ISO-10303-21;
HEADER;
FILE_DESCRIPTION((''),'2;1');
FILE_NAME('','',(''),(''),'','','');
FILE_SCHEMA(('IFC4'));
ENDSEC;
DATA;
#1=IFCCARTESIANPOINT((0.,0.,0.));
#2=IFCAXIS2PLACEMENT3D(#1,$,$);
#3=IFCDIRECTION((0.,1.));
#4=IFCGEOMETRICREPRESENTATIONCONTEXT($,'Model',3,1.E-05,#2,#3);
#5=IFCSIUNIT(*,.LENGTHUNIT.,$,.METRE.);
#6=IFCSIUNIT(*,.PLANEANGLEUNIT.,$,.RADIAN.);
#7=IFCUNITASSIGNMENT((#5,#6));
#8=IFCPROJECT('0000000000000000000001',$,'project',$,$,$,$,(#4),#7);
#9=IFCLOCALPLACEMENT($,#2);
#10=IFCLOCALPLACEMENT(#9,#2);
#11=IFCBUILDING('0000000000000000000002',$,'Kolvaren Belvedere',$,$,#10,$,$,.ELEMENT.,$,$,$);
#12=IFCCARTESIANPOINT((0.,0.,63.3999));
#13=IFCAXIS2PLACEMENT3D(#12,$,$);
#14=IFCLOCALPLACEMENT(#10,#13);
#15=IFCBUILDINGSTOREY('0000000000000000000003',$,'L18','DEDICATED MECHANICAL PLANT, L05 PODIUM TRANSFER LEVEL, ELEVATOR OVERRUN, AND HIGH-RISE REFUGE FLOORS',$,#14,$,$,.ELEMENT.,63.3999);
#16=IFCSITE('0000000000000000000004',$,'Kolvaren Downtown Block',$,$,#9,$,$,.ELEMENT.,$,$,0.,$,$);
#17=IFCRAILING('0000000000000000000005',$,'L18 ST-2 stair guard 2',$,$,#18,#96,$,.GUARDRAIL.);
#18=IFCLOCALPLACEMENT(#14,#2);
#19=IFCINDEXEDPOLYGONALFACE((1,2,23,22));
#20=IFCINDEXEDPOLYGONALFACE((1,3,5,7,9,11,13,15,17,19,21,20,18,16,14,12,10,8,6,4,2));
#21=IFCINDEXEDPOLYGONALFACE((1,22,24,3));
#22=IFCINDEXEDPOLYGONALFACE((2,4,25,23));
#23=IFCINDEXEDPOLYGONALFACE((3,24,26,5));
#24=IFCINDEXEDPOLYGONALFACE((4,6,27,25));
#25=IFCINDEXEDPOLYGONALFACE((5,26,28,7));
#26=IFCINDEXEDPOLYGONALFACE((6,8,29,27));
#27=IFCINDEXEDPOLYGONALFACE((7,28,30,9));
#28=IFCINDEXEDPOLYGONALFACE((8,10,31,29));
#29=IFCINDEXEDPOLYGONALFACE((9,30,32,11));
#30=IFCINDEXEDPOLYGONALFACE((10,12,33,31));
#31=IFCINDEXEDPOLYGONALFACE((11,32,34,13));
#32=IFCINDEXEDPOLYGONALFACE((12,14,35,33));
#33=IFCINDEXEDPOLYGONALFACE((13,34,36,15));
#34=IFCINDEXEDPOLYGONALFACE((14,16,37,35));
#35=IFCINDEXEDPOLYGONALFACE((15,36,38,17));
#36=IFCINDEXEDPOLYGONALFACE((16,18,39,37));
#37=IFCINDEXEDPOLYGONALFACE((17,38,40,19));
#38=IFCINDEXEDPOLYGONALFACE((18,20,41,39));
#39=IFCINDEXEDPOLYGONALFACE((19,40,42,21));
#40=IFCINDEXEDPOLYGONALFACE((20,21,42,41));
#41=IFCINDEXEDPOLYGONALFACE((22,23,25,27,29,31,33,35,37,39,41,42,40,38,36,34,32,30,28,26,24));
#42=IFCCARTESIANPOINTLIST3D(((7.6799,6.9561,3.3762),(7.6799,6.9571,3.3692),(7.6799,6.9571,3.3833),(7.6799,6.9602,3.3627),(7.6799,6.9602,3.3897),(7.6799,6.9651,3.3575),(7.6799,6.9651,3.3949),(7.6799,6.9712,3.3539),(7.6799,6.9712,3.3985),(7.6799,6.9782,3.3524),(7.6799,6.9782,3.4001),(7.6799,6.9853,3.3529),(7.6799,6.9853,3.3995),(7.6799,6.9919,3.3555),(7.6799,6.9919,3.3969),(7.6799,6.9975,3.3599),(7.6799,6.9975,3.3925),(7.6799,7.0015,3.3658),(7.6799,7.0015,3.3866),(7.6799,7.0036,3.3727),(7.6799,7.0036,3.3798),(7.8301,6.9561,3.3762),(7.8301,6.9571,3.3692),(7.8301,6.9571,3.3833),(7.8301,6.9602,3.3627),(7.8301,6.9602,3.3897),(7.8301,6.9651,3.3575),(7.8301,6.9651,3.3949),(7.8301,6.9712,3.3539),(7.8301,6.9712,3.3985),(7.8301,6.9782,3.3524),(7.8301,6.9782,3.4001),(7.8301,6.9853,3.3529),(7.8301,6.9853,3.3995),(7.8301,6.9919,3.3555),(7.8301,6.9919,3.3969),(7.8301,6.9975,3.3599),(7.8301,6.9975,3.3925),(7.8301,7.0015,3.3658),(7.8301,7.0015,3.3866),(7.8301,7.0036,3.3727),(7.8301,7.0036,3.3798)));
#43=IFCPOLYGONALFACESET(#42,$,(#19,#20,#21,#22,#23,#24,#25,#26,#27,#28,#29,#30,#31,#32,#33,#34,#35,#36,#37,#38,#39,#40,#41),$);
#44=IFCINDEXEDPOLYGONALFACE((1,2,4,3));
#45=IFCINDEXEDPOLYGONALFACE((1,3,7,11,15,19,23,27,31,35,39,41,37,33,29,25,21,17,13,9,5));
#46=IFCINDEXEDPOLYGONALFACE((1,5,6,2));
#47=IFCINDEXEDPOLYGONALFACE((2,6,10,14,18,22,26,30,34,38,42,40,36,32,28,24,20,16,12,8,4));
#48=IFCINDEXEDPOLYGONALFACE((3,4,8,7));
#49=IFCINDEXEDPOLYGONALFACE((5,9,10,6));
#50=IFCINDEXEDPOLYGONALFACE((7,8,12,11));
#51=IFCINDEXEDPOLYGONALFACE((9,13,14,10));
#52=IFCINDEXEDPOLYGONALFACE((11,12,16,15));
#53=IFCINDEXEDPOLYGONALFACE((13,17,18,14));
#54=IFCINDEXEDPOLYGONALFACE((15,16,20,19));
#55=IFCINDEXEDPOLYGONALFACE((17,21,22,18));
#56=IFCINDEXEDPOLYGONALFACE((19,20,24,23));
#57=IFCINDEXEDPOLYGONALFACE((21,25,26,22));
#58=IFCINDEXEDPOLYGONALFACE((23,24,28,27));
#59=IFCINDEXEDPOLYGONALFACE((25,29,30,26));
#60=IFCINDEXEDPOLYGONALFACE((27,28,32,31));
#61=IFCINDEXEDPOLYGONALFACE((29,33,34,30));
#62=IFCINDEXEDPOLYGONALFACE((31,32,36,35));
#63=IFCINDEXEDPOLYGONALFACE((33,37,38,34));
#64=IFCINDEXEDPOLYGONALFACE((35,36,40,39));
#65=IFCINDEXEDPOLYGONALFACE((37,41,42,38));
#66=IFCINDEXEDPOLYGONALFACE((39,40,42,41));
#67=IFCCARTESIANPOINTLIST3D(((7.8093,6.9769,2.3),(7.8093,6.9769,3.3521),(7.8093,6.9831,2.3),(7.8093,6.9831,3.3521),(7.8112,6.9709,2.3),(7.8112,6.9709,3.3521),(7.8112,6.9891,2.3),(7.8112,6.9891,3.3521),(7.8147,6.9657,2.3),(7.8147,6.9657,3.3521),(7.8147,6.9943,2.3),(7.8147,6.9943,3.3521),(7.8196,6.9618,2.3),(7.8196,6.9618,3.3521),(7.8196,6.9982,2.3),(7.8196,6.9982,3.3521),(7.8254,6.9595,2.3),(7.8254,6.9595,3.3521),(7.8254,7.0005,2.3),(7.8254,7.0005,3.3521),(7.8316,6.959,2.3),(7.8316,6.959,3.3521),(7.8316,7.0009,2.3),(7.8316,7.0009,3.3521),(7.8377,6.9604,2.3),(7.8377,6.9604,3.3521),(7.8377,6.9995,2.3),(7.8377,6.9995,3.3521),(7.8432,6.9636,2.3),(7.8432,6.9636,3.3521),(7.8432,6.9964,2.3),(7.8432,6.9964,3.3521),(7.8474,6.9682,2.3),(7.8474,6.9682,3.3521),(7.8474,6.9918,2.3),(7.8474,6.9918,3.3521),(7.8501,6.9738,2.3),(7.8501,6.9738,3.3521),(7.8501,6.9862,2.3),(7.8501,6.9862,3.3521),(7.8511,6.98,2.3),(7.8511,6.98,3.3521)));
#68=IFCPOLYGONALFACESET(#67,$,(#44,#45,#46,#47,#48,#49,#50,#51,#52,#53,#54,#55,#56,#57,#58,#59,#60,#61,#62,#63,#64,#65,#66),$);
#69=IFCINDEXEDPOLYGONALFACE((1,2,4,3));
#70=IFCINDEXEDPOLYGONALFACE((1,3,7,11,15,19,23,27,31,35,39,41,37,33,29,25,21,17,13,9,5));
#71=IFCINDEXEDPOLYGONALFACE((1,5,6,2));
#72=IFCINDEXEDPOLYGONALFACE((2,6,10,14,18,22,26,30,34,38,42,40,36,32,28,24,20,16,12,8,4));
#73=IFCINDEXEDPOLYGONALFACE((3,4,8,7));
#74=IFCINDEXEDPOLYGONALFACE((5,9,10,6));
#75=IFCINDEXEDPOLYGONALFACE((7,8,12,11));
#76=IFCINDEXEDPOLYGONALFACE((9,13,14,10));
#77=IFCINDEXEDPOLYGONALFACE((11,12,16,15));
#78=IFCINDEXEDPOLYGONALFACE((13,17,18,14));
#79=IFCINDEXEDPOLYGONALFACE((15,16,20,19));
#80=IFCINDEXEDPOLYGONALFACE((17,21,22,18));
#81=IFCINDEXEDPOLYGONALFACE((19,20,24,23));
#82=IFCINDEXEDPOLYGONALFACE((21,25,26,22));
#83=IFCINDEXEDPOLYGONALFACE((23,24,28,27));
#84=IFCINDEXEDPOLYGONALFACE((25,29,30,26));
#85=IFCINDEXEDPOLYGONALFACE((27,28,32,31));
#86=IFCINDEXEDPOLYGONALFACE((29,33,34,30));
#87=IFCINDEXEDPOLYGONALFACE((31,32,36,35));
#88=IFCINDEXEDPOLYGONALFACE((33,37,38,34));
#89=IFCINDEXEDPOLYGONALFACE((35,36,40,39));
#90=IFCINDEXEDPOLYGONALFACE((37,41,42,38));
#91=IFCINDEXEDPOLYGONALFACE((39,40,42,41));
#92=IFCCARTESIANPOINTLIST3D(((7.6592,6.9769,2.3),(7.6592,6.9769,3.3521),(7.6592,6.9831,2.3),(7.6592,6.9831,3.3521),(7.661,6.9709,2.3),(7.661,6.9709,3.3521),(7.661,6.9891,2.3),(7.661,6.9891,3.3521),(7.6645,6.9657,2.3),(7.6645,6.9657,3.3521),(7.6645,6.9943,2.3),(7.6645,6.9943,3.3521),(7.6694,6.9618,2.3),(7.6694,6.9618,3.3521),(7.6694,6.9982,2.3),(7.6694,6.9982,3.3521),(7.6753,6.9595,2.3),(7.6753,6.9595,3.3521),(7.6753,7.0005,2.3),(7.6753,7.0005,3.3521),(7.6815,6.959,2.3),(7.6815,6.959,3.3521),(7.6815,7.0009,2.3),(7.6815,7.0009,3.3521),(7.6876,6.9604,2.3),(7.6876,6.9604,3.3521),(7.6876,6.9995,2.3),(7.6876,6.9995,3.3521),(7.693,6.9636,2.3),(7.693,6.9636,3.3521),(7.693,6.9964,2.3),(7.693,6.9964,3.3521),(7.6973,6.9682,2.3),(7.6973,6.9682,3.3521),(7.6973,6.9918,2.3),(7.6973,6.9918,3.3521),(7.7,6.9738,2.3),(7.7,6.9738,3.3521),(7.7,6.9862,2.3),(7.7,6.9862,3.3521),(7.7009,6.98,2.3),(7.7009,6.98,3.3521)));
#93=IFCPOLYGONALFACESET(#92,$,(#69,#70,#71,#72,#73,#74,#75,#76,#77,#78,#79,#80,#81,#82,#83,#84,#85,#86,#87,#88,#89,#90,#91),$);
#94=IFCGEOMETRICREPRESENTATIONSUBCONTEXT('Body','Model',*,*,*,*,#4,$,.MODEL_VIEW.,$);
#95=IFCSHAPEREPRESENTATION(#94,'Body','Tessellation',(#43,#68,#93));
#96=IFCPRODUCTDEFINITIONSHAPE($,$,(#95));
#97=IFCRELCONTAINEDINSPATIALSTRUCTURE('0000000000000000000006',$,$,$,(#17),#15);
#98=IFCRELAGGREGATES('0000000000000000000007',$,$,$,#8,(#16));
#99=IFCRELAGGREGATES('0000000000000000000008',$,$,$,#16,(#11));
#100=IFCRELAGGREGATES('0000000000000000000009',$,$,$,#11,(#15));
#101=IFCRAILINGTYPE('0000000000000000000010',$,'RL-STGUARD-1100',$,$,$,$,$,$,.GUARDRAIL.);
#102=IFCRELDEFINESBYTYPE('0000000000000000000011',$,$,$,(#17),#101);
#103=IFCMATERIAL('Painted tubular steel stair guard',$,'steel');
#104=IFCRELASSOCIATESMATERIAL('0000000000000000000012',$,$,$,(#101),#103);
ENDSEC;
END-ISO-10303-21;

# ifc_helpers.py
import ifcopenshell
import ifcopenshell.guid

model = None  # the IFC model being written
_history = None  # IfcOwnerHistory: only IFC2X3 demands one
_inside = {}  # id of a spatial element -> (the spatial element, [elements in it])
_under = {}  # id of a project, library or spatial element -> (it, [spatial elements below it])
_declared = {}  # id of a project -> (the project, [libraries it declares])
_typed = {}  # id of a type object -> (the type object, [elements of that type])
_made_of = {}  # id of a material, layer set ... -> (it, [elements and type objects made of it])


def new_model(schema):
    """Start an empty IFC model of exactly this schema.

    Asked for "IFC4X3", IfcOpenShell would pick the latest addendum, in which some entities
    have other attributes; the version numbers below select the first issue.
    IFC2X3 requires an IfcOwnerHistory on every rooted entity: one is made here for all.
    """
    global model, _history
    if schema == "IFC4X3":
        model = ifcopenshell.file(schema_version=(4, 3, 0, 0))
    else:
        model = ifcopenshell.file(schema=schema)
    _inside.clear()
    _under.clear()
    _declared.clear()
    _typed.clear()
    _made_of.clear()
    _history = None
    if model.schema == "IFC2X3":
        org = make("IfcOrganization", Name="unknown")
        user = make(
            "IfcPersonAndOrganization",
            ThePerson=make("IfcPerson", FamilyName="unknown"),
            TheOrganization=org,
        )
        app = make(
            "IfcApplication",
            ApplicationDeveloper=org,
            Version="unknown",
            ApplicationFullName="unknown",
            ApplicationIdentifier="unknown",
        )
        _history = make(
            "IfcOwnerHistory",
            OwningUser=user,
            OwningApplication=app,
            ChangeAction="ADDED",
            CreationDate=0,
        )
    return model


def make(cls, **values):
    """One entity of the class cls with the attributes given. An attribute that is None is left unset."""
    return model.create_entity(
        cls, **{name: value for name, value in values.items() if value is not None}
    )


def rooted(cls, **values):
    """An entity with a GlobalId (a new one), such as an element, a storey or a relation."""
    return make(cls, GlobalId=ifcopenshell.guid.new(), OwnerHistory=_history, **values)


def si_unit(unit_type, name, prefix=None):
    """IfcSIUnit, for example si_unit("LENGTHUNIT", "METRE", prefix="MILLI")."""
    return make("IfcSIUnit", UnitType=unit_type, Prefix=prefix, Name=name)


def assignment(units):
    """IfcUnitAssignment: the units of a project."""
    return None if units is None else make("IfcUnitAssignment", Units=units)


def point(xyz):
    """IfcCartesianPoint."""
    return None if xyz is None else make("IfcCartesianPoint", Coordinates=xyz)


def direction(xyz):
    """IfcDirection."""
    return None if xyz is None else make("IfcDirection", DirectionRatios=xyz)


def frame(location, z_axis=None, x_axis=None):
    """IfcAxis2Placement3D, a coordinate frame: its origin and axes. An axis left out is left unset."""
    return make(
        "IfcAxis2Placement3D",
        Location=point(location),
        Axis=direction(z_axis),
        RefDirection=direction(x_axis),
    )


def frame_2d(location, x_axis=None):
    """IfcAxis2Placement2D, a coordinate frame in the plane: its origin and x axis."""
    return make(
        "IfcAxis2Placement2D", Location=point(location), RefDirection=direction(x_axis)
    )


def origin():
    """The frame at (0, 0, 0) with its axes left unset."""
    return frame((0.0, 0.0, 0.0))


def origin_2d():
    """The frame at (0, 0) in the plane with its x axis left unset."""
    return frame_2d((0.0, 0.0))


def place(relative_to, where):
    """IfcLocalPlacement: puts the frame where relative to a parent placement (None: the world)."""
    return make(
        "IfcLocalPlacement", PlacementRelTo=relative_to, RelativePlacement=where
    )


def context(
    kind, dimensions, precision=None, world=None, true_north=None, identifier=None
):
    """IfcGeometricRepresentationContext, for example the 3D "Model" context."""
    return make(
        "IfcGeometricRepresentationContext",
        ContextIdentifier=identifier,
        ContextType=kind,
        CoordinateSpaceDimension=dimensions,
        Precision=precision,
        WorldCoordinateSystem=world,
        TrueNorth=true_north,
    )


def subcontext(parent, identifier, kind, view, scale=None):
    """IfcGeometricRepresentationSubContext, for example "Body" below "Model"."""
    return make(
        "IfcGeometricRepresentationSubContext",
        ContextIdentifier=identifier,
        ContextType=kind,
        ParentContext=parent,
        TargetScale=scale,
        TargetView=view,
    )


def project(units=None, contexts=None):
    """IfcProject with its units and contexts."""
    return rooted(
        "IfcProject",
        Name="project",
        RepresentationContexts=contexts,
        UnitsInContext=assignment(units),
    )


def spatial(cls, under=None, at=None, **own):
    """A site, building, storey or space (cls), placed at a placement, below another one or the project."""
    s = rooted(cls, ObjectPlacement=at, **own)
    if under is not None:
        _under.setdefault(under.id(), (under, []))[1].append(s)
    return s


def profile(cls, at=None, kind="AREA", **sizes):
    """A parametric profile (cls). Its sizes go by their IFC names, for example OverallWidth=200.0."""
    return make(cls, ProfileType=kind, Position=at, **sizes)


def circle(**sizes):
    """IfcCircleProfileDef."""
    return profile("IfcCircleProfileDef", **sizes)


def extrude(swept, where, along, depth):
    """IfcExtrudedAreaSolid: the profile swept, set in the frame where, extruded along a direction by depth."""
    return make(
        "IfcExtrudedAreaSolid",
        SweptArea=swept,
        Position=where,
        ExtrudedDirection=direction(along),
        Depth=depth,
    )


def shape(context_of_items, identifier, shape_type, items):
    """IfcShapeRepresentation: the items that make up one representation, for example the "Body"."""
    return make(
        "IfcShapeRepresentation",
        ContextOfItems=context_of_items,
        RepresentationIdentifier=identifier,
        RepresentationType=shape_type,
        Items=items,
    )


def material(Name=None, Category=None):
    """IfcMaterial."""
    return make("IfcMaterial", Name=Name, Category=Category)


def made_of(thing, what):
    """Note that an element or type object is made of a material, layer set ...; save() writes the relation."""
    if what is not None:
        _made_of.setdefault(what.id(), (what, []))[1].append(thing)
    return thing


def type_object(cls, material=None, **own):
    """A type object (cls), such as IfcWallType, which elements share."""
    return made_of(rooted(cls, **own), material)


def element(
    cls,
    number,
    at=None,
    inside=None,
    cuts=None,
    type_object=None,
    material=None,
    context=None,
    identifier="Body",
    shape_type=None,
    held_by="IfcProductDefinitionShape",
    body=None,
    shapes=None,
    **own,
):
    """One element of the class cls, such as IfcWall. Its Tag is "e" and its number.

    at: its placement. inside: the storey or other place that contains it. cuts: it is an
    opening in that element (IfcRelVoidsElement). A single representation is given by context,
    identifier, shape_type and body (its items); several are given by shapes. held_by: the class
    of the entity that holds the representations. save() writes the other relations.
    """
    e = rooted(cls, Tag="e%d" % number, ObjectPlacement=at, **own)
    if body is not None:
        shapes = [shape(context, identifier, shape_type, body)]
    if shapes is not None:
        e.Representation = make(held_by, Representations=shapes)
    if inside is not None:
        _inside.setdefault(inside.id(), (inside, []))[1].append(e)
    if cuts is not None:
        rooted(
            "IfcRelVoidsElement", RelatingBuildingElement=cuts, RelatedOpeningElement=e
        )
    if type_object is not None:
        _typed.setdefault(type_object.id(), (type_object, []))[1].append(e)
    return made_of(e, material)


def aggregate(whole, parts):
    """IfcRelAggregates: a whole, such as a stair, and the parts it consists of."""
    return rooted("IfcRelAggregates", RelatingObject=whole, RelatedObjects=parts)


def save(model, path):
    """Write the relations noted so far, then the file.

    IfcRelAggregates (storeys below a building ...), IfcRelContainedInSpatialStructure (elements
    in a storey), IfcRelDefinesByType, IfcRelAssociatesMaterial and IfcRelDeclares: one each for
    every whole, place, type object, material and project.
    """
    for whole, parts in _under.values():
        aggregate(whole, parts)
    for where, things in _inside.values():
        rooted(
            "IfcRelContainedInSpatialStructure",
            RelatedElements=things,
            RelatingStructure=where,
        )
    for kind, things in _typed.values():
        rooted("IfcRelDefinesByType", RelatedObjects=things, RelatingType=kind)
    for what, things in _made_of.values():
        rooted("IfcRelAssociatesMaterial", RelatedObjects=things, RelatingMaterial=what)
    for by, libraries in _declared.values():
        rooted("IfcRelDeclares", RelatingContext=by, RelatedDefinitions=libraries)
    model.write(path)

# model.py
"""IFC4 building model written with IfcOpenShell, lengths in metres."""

from ifc_helpers import new_model, si_unit, direction, frame, origin, origin_2d, place, context, subcontext, project, spatial, circle, extrude, material, type_object, element, save


model = new_model("IFC4")

# Units and contexts
model_context = context("Model", 3, precision=1e-05, world=origin(), true_north=direction((0.0, 1.0)))
body_context = subcontext(model_context, "Body", "Model", "MODEL_VIEW")
ifc_project = project(units=[si_unit("LENGTHUNIT", "METRE"), si_unit("PLANEANGLEUNIT", "RADIAN")], contexts=[model_context])

# Site, building, storey
site_placement = place(None, origin())
site = spatial("IfcSite", under=ifc_project, at=site_placement, Name="Kolvaren Downtown Block", CompositionType="ELEMENT", RefElevation=0.0)
building_placement = place(site_placement, origin())
building = spatial("IfcBuilding", under=site, at=building_placement, Name="Kolvaren Belvedere", CompositionType="ELEMENT")
storey_placement = place(building_placement, frame((0.0, 0.0, 63.3999)))
storey = spatial("IfcBuildingStorey", under=building, at=storey_placement, Name="L18", Description="DEDICATED MECHANICAL PLANT, L05 PODIUM TRANSFER LEVEL, ELEVATOR OVERRUN, AND HIGH-RISE REFUGE FLOORS", CompositionType="ELEMENT", Elevation=63.3999)

# Railing
ifc_material_1 = material(Name="Painted tubular steel stair guard", Category="steel")
railing_type_1 = type_object("IfcRailingType", Name="RL-STGUARD-1100", PredefinedType="GUARDRAIL", material=ifc_material_1)
railing_1_placement = place(storey_placement, frame((7.8301, 6.98, 2.3)))
element("IfcRailing", 1, at=railing_1_placement, inside=storey, type_object=railing_type_1, Name="L18 ST-2 stair guard 2", PredefinedType="GUARDRAIL", context=body_context, shape_type="SweptSolid", body=[
    extrude(circle(Radius=0.0239, at=origin_2d()), frame((0.0, 0.0, 1.0762), z_axis=(-1.0, 0.0, 0.0), x_axis=(0.0, -1.0, 0.0)), (0.0, 0.0, 1.0), 0.1501),
    extrude(circle(Radius=0.021, at=origin_2d()), origin(), (0.0, 0.0, 1.0), 1.052),
    extrude(circle(Radius=0.021, at=origin_2d()), frame((-0.1501, 0.0, 0.0)), (0.0, 0.0, 1.0), 1.052),
])

save(model, "model.ifc")
